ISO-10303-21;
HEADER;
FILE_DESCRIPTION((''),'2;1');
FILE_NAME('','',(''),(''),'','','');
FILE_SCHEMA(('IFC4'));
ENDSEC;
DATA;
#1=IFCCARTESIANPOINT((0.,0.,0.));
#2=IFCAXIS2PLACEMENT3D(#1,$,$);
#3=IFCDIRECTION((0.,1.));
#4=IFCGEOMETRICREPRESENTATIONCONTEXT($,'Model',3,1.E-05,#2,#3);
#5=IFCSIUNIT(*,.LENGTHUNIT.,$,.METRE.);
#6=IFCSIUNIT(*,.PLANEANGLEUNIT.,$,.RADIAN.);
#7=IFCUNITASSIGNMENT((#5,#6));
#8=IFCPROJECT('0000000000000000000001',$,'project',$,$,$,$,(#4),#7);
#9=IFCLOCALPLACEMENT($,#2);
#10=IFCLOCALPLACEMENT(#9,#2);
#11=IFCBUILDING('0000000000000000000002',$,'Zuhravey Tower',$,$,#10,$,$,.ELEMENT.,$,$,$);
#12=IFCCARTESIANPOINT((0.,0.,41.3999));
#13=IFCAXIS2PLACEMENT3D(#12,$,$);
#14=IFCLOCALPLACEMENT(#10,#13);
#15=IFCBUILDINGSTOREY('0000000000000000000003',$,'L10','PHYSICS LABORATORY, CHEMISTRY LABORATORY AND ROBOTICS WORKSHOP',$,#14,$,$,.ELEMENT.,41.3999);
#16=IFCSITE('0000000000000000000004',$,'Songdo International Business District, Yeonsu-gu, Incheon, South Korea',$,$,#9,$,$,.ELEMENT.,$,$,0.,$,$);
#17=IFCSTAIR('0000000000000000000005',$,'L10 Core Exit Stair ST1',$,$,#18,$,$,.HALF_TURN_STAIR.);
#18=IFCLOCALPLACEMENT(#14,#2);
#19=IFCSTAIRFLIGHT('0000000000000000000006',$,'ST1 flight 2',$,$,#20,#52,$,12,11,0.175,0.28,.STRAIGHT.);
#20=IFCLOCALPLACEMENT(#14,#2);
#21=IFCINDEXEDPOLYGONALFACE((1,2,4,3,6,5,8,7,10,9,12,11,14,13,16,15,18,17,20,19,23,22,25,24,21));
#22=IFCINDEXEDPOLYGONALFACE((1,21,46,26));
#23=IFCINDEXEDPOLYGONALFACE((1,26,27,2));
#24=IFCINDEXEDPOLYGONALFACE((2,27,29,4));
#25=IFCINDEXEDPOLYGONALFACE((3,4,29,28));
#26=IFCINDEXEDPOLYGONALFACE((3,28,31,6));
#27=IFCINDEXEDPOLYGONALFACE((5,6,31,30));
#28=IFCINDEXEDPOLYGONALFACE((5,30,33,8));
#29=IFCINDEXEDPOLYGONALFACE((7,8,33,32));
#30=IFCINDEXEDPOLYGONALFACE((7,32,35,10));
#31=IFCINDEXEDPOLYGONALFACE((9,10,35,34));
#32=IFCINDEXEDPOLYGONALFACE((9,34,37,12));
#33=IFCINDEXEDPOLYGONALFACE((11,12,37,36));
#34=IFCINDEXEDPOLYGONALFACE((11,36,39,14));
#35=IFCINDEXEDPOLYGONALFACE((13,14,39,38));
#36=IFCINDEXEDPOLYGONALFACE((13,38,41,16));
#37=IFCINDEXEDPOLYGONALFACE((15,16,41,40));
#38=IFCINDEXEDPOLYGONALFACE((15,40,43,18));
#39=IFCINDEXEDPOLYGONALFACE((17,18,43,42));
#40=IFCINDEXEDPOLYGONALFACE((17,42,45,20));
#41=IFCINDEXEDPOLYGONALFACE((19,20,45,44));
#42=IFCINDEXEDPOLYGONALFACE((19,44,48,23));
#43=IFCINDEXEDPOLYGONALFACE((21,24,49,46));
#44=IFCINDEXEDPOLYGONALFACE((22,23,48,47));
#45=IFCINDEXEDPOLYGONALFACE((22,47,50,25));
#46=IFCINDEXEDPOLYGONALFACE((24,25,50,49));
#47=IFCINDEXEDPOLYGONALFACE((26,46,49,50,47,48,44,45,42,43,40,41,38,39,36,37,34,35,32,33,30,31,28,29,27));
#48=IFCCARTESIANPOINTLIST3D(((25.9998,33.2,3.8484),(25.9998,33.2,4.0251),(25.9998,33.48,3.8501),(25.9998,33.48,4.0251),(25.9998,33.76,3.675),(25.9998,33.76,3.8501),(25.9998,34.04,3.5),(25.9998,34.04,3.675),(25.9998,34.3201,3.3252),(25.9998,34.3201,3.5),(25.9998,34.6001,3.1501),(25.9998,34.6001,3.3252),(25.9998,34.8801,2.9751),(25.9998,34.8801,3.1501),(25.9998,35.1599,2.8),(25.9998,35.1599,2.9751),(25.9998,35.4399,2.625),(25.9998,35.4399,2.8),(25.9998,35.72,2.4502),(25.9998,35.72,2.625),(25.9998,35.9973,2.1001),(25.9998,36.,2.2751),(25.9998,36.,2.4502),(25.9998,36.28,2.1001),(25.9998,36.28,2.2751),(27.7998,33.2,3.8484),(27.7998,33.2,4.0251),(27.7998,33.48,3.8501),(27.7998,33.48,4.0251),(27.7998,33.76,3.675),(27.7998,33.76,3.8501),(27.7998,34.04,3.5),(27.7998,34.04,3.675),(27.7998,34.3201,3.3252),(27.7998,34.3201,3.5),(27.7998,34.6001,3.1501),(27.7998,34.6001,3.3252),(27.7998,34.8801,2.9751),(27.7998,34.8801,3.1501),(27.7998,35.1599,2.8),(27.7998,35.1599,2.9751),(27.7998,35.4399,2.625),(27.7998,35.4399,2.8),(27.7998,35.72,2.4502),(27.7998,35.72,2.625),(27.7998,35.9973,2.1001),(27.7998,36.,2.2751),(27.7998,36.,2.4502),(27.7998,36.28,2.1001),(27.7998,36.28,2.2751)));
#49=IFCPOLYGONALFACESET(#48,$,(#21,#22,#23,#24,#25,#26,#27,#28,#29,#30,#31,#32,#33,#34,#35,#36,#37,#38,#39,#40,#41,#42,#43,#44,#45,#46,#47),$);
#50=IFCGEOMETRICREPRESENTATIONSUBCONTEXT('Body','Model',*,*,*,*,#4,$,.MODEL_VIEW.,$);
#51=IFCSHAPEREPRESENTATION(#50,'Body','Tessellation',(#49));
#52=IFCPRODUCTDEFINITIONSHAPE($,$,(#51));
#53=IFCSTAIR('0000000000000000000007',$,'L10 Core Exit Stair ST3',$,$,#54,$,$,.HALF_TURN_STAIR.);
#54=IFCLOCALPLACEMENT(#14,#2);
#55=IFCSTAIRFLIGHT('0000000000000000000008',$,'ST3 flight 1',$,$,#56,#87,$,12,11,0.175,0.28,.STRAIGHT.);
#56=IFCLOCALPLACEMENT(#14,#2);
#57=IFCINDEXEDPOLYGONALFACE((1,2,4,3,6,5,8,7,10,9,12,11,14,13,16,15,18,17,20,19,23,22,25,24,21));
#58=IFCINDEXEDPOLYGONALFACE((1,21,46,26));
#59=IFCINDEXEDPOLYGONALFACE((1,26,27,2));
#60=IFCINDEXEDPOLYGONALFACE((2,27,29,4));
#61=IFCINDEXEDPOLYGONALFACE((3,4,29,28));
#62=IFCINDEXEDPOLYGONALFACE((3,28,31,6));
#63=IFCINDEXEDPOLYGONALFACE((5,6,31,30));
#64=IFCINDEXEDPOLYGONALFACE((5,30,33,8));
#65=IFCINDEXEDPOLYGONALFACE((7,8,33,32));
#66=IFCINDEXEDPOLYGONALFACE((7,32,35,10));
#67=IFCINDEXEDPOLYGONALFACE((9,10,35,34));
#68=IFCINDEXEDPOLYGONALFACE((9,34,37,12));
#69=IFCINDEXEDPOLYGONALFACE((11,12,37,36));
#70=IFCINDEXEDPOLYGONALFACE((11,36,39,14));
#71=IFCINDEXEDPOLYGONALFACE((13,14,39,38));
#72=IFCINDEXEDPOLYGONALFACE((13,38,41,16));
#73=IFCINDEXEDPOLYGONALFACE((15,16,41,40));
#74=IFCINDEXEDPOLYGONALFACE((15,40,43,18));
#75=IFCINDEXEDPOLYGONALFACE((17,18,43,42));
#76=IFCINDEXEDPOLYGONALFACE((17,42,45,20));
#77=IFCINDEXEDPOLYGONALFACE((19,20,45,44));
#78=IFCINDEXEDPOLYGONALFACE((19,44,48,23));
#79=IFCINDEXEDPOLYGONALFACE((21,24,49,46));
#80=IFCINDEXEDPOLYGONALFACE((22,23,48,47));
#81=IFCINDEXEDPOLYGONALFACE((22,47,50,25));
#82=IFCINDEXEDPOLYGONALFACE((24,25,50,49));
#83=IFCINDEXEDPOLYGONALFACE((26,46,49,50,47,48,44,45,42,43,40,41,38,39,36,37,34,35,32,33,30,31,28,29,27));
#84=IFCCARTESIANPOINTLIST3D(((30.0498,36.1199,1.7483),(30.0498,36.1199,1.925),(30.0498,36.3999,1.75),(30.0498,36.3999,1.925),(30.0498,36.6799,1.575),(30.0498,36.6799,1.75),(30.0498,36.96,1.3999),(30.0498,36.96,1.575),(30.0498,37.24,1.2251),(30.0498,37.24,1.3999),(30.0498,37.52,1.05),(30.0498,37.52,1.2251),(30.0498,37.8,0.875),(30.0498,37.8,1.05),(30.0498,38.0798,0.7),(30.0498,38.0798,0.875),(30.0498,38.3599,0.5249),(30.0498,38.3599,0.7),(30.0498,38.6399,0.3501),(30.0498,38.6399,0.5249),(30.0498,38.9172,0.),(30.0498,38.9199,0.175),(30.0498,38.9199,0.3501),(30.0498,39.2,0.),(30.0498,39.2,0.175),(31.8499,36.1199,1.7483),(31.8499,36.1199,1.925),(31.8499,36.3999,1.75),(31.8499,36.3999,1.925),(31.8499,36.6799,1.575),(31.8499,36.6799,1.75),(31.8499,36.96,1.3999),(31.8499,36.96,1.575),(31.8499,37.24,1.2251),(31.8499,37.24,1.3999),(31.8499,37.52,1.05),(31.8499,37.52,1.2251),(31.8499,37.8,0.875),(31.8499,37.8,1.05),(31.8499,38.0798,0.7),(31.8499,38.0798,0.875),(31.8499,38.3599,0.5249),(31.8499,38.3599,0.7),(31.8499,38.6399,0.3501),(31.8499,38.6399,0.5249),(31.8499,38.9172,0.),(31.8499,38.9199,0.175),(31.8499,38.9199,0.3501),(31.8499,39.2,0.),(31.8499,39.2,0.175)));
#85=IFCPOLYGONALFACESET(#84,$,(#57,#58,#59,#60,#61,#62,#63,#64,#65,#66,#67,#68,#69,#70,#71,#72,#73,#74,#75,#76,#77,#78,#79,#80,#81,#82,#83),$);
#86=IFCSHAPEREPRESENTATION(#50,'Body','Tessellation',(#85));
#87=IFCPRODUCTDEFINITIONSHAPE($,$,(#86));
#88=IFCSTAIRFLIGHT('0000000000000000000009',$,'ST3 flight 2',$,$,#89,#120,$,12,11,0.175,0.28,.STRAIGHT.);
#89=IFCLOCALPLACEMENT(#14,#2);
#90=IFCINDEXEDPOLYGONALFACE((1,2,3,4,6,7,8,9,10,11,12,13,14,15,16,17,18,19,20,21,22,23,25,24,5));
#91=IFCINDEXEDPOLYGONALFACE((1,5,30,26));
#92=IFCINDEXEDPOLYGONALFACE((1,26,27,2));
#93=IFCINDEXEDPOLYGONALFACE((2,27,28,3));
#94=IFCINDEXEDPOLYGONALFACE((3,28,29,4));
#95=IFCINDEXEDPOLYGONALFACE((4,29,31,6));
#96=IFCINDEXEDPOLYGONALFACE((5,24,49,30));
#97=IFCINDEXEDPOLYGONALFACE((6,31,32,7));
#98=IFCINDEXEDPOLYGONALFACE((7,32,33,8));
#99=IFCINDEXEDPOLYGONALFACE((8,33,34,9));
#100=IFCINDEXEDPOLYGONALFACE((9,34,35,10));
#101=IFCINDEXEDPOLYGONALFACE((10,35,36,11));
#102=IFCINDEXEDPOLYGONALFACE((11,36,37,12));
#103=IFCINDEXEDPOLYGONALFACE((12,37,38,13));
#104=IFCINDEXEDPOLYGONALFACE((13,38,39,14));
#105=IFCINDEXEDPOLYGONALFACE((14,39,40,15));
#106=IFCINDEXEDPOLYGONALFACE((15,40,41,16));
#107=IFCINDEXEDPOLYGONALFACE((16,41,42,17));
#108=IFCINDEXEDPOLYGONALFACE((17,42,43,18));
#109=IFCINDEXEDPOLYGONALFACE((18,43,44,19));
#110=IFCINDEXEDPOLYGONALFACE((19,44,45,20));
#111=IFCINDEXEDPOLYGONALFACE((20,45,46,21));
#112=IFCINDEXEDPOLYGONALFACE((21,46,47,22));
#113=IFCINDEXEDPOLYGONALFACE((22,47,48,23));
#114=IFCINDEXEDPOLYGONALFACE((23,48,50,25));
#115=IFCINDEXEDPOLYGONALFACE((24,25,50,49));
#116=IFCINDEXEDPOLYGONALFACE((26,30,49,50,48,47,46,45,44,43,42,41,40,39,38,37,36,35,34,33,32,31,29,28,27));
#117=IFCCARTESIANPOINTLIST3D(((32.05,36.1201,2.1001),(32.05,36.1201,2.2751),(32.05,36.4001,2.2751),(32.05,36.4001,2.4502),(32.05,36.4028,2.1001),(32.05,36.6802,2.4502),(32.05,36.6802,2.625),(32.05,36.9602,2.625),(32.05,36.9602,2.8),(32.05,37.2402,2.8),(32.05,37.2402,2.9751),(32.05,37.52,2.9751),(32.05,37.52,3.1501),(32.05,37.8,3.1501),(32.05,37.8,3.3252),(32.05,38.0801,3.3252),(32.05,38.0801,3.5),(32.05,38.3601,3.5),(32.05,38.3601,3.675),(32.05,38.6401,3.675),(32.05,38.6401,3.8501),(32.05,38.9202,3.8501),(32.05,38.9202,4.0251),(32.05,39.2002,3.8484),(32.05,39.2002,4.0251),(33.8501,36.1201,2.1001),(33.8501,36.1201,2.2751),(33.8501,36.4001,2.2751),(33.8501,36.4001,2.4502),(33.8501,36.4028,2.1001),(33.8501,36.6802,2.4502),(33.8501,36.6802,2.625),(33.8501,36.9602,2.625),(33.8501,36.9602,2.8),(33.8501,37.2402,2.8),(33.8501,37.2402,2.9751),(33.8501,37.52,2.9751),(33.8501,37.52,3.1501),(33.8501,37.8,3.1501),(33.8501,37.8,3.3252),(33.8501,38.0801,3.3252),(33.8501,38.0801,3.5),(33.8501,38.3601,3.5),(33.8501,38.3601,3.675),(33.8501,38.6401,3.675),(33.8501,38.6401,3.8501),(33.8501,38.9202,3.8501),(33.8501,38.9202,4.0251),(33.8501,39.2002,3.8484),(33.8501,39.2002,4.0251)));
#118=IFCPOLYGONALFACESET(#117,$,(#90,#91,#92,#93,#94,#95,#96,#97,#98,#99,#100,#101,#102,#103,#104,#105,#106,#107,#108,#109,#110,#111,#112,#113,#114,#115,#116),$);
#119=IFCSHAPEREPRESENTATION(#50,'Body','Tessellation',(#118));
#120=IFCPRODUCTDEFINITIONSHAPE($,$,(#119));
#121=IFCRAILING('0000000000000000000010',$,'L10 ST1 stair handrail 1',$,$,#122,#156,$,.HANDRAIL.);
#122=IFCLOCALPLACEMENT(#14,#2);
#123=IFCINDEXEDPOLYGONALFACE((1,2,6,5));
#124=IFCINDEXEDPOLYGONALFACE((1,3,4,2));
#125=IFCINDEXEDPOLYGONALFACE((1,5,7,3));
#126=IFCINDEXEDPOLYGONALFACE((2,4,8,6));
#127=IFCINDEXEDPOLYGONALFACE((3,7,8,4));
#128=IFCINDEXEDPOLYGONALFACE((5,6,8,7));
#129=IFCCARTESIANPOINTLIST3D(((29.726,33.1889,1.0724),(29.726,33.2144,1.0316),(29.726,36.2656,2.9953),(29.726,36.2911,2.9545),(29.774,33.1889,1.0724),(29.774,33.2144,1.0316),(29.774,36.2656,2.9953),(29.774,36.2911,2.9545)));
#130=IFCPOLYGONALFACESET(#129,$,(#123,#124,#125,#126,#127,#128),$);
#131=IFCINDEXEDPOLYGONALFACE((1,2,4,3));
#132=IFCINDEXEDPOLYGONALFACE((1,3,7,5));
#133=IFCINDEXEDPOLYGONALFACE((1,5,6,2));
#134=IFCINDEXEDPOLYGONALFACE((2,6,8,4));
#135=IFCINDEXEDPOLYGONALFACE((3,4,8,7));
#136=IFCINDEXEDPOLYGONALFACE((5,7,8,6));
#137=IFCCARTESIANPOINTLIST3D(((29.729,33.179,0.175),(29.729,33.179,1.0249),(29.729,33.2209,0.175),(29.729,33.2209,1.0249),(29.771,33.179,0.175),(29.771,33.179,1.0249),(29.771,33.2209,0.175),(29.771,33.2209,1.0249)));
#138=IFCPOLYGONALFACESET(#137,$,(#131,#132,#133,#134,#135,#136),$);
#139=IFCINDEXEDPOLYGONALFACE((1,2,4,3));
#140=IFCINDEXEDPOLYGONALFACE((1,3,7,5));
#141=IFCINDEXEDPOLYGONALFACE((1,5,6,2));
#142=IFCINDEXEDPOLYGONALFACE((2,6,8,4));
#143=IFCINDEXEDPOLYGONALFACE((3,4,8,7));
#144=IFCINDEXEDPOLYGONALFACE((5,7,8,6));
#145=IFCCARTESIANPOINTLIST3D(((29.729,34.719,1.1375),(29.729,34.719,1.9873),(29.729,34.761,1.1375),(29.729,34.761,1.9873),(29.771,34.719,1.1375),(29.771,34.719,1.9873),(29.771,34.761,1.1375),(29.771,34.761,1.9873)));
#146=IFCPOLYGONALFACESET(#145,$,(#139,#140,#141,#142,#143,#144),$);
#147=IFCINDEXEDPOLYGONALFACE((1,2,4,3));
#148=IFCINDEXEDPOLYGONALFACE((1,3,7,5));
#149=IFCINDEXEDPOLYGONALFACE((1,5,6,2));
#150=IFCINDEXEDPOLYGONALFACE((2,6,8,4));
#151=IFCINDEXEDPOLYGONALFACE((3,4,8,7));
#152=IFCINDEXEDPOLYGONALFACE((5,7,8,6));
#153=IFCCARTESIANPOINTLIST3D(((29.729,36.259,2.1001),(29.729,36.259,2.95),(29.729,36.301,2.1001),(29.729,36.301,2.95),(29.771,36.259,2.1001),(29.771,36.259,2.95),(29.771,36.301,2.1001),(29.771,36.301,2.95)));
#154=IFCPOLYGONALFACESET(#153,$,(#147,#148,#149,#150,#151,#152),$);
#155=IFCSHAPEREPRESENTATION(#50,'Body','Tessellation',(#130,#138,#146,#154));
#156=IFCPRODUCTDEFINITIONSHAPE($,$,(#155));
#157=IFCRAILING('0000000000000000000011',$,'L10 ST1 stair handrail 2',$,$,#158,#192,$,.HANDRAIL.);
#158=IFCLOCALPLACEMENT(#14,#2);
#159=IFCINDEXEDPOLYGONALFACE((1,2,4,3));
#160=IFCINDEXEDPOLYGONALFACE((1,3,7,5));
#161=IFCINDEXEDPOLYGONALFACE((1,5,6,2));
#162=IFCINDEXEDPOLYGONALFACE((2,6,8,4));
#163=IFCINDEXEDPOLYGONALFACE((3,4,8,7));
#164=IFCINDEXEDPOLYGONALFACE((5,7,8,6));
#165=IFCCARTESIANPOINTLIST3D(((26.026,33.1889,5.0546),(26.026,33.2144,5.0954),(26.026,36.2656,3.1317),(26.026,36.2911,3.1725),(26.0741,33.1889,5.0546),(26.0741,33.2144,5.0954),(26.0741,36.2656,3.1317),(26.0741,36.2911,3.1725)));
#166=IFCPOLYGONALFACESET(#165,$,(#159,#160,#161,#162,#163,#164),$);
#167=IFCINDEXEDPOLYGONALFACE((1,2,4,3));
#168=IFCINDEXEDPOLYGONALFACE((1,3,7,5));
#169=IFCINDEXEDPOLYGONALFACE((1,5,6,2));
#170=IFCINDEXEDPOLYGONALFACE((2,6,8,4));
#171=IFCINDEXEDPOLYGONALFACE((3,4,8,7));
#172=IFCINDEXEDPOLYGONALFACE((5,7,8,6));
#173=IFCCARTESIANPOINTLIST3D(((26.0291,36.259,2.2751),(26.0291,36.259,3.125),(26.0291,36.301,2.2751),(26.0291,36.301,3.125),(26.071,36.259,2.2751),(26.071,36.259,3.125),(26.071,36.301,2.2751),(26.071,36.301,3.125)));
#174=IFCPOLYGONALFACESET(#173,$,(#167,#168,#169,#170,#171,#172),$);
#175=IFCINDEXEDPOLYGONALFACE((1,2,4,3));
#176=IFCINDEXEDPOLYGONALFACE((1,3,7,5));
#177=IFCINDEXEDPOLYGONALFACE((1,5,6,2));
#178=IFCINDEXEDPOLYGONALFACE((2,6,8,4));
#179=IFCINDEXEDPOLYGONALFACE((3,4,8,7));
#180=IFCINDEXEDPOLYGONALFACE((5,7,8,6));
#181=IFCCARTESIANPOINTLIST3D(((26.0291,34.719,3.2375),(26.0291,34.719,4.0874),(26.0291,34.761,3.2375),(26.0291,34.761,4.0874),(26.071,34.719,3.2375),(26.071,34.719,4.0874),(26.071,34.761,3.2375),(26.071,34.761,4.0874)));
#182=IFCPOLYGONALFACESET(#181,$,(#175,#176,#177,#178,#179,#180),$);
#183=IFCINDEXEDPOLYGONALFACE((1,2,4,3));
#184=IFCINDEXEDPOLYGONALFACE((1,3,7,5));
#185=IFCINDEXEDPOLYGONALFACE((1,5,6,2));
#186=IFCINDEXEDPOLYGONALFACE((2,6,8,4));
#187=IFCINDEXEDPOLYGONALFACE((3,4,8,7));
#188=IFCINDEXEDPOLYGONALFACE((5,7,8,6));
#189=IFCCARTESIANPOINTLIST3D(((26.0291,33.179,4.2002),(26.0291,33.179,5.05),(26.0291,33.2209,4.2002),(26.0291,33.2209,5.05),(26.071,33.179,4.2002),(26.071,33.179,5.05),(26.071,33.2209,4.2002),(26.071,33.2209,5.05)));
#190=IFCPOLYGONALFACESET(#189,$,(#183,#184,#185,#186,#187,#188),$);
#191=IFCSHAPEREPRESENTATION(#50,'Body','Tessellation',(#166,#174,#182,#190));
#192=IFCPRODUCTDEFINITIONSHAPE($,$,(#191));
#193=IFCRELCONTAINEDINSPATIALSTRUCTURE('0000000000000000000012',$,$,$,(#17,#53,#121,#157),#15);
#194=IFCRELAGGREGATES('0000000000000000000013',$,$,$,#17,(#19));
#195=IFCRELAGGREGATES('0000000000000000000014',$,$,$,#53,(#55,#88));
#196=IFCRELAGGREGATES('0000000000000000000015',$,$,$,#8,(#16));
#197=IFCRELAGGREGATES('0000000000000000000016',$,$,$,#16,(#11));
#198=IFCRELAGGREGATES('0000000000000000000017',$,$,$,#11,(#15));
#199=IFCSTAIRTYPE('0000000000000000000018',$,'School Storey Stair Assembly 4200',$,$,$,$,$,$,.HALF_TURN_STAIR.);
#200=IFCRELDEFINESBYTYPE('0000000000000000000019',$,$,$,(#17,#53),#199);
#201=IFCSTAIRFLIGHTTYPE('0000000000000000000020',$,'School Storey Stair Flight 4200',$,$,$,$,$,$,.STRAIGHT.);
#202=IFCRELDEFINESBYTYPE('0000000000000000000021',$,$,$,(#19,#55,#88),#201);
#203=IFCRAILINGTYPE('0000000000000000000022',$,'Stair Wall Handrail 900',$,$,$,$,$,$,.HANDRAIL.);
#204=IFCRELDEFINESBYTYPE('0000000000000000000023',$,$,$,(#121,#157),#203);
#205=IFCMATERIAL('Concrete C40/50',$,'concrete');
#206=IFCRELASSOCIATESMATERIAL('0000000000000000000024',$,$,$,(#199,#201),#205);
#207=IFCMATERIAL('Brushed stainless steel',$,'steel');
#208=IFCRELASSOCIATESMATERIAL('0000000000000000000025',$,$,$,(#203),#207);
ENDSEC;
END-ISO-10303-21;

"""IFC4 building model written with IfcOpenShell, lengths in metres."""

from ifc_helpers import new_model, si_unit, direction, frame, origin, origin_2d, place, context, subcontext, project, spatial, polyline, rectangle, outline, extrude, material, type_object, element, aggregate, save


model = new_model("IFC4")

# Units and contexts
model_context = context("Model", 3, precision=1e-05, world=origin(), true_north=direction((0.0, 1.0)))
body_context = subcontext(model_context, "Body", "Model", "MODEL_VIEW")
ifc_project = project(units=[si_unit("LENGTHUNIT", "METRE"), si_unit("PLANEANGLEUNIT", "RADIAN")], contexts=[model_context])

# Site, building, storey
site_placement = place(None, origin())
site = spatial("IfcSite", under=ifc_project, at=site_placement, Name="Songdo International Business District, Yeonsu-gu, Incheon, South Korea", CompositionType="ELEMENT", RefElevation=0.0)
building_placement = place(site_placement, origin())
building = spatial("IfcBuilding", under=site, at=building_placement, Name="Zuhravey Tower", CompositionType="ELEMENT")
storey_placement = place(building_placement, frame((0.0, 0.0, 41.3999)))
storey = spatial("IfcBuildingStorey", under=building, at=storey_placement, Name="L10", Description="PHYSICS LABORATORY, CHEMISTRY LABORATORY AND ROBOTICS WORKSHOP", CompositionType="ELEMENT", Elevation=41.3999)

# Stairs, stair flights
ifc_material_1 = material(Name="Concrete C40/50", Category="concrete")
stair_type = type_object("IfcStairType", Name="School Storey Stair Assembly 4200", PredefinedType="HALF_TURN_STAIR", material=ifc_material_1)
stair_1_placement = place(storey_placement, origin())
stair_1 = element("IfcStair", 1, at=stair_1_placement, inside=storey, type_object=stair_type, Name="L10 Core Exit Stair ST1", PredefinedType="HALF_TURN_STAIR")
stair_flight_type = type_object("IfcStairFlightType", Name="School Storey Stair Flight 4200", PredefinedType="STRAIGHT", material=ifc_material_1)
stair_flight_1_placement = place(storey_placement, frame((26.8999, 36.28, 2.1001), z_axis=(0.0, 0.0, 1.0), x_axis=(0.0, -1.0, 0.0)))
stair_flight_1 = element("IfcStairFlight", 2, at=stair_flight_1_placement, type_object=stair_flight_type, Name="ST1 flight 2", NumberOfRisers=12, NumberOfTreads=11, PredefinedType="STRAIGHT", RiserHeight=0.175, TreadLength=0.28, context=body_context, shape_type="SweptSolid", body=[
    extrude(outline(polyline([(0.0, 0.0), (0.0, 0.175), (0.28, 0.175), (0.28, 0.3501), (0.5601, 0.3501), (0.5601, 0.5249), (0.8401, 0.5249), (0.8401, 0.7), (1.1201, 0.7), (1.1201, 0.875), (1.3999, 0.875), (1.3999, 1.05), (1.6799, 1.05), (1.6799, 1.2251), (1.96, 1.2251), (1.96, 1.3999), (2.24, 1.3999), (2.24, 1.575), (2.52, 1.575), (2.52, 1.75), (2.8, 1.75), (2.8, 1.925), (3.0801, 1.925), (3.0801, 2.1001), (3.0801, 1.7483), (0.2827, 0.0), (0.0, 0.0)])), frame((0.0, 0.8999, 0.0), z_axis=(0.0, -1.0, 0.0), x_axis=(1.0, 0.0, 0.0)), (0.0, 0.0, 1.0), 1.8),
])
aggregate(stair_1, [stair_flight_1])
stair_2_placement = place(storey_placement, origin())
stair_2 = element("IfcStair", 3, at=stair_2_placement, inside=storey, type_object=stair_type, Name="L10 Core Exit Stair ST3", PredefinedType="HALF_TURN_STAIR")
stair_flight_2_placement = place(storey_placement, frame((30.95, 39.2, 0.0), z_axis=(0.0, 0.0, 1.0), x_axis=(0.0, -1.0, 0.0)))
stair_flight_2 = element("IfcStairFlight", 4, at=stair_flight_2_placement, type_object=stair_flight_type, Name="ST3 flight 1", NumberOfRisers=12, NumberOfTreads=11, PredefinedType="STRAIGHT", RiserHeight=0.175, TreadLength=0.28, context=body_context, shape_type="SweptSolid", body=[
    extrude(outline(polyline([(0.0, 0.0), (0.0, 0.175), (0.28, 0.175), (0.28, 0.3501), (0.5601, 0.3501), (0.5601, 0.5249), (0.8401, 0.5249), (0.8401, 0.7), (1.1201, 0.7), (1.1201, 0.875), (1.3999, 0.875), (1.3999, 1.05), (1.6799, 1.05), (1.6799, 1.2251), (1.96, 1.2251), (1.96, 1.3999), (2.24, 1.3999), (2.24, 1.575), (2.52, 1.575), (2.52, 1.75), (2.8, 1.75), (2.8, 1.925), (3.0801, 1.925), (3.0801, 2.1001), (3.0801, 1.7483), (0.2827, 0.0), (0.0, 0.0)])), frame((0.0, 0.8999, 0.0), z_axis=(0.0, -1.0, 0.0), x_axis=(1.0, 0.0, 0.0)), (0.0, 0.0, 1.0), 1.8),
])
stair_flight_3_placement = place(storey_placement, frame((32.95, 36.1201, 2.1001), z_axis=(0.0, 0.0, 1.0), x_axis=(0.0, 1.0, 0.0)))
stair_flight_3 = element("IfcStairFlight", 5, at=stair_flight_3_placement, type_object=stair_flight_type, Name="ST3 flight 2", NumberOfRisers=12, NumberOfTreads=11, PredefinedType="STRAIGHT", RiserHeight=0.175, TreadLength=0.28, context=body_context, shape_type="SweptSolid", body=[
    extrude(outline(polyline([(0.0, 0.0), (0.0, 0.175), (0.28, 0.175), (0.28, 0.3501), (0.5601, 0.3501), (0.5601, 0.5249), (0.8401, 0.5249), (0.8401, 0.7), (1.1201, 0.7), (1.1201, 0.875), (1.3999, 0.875), (1.3999, 1.05), (1.6799, 1.05), (1.6799, 1.2251), (1.96, 1.2251), (1.96, 1.3999), (2.24, 1.3999), (2.24, 1.575), (2.52, 1.575), (2.52, 1.75), (2.8, 1.75), (2.8, 1.925), (3.0801, 1.925), (3.0801, 2.1001), (3.0801, 1.7483), (0.2827, 0.0), (0.0, 0.0)])), frame((0.0, 0.8999, 0.0), z_axis=(0.0, -1.0, 0.0), x_axis=(1.0, 0.0, 0.0)), (0.0, 0.0, 1.0), 1.8),
])
aggregate(stair_2, [stair_flight_2, stair_flight_3])

# Railings
ifc_material_2 = material(Name="Brushed stainless steel", Category="steel")
railing_type_1 = type_object("IfcRailingType", Name="Stair Wall Handrail 900", PredefinedType="HANDRAIL", material=ifc_material_2)
railing_1_placement = place(storey_placement, frame((29.75, 33.2, 0.175)))
element("IfcRailing", 6, at=railing_1_placement, inside=storey, type_object=railing_type_1, Name="L10 ST1 stair handrail 1", PredefinedType="HANDRAIL", context=body_context, shape_type="SweptSolid", body=[
    extrude(rectangle(XDim=0.0481, YDim=0.0481, at=origin_2d()), frame((0.0, 0.0017, 0.877), z_axis=(0.0, 0.847998, 0.529999), x_axis=(-1.0, 0.0, 0.0)), (0.0, 0.0, 1.0), 3.6282),
    extrude(rectangle(XDim=0.042, YDim=0.042, at=origin_2d()), origin(), (0.0, 0.0, 1.0), 0.8499),
    extrude(rectangle(XDim=0.042, YDim=0.042, at=origin_2d()), frame((0.0, 1.54, 0.9624)), (0.0, 0.0, 1.0), 0.8499),
    extrude(rectangle(XDim=0.042, YDim=0.042, at=origin_2d()), frame((0.0, 3.0801, 1.925)), (0.0, 0.0, 1.0), 0.8499),
])
railing_2_placement = place(storey_placement, frame((26.05, 36.28, 2.2751)))
element("IfcRailing", 7, at=railing_2_placement, inside=storey, type_object=railing_type_1, Name="L10 ST1 stair handrail 2", PredefinedType="HANDRAIL", context=body_context, shape_type="SweptSolid", body=[
    extrude(rectangle(XDim=0.0481, YDim=0.0481, at=origin_2d()), frame((0.0, -0.0017, 0.877), z_axis=(0.0, -0.847998, 0.529999), x_axis=(1.0, 0.0, 0.0)), (0.0, 0.0, 1.0), 3.6282),
    extrude(rectangle(XDim=0.042, YDim=0.042, at=origin_2d()), origin(), (0.0, 0.0, 1.0), 0.8499),
    extrude(rectangle(XDim=0.042, YDim=0.042, at=origin_2d()), frame((0.0, -1.54, 0.9624)), (0.0, 0.0, 1.0), 0.8499),
    extrude(rectangle(XDim=0.042, YDim=0.042, at=origin_2d()), frame((0.0, -3.0801, 1.925)), (0.0, 0.0, 1.0), 0.8499),
])

save(model, "model.ifc")
